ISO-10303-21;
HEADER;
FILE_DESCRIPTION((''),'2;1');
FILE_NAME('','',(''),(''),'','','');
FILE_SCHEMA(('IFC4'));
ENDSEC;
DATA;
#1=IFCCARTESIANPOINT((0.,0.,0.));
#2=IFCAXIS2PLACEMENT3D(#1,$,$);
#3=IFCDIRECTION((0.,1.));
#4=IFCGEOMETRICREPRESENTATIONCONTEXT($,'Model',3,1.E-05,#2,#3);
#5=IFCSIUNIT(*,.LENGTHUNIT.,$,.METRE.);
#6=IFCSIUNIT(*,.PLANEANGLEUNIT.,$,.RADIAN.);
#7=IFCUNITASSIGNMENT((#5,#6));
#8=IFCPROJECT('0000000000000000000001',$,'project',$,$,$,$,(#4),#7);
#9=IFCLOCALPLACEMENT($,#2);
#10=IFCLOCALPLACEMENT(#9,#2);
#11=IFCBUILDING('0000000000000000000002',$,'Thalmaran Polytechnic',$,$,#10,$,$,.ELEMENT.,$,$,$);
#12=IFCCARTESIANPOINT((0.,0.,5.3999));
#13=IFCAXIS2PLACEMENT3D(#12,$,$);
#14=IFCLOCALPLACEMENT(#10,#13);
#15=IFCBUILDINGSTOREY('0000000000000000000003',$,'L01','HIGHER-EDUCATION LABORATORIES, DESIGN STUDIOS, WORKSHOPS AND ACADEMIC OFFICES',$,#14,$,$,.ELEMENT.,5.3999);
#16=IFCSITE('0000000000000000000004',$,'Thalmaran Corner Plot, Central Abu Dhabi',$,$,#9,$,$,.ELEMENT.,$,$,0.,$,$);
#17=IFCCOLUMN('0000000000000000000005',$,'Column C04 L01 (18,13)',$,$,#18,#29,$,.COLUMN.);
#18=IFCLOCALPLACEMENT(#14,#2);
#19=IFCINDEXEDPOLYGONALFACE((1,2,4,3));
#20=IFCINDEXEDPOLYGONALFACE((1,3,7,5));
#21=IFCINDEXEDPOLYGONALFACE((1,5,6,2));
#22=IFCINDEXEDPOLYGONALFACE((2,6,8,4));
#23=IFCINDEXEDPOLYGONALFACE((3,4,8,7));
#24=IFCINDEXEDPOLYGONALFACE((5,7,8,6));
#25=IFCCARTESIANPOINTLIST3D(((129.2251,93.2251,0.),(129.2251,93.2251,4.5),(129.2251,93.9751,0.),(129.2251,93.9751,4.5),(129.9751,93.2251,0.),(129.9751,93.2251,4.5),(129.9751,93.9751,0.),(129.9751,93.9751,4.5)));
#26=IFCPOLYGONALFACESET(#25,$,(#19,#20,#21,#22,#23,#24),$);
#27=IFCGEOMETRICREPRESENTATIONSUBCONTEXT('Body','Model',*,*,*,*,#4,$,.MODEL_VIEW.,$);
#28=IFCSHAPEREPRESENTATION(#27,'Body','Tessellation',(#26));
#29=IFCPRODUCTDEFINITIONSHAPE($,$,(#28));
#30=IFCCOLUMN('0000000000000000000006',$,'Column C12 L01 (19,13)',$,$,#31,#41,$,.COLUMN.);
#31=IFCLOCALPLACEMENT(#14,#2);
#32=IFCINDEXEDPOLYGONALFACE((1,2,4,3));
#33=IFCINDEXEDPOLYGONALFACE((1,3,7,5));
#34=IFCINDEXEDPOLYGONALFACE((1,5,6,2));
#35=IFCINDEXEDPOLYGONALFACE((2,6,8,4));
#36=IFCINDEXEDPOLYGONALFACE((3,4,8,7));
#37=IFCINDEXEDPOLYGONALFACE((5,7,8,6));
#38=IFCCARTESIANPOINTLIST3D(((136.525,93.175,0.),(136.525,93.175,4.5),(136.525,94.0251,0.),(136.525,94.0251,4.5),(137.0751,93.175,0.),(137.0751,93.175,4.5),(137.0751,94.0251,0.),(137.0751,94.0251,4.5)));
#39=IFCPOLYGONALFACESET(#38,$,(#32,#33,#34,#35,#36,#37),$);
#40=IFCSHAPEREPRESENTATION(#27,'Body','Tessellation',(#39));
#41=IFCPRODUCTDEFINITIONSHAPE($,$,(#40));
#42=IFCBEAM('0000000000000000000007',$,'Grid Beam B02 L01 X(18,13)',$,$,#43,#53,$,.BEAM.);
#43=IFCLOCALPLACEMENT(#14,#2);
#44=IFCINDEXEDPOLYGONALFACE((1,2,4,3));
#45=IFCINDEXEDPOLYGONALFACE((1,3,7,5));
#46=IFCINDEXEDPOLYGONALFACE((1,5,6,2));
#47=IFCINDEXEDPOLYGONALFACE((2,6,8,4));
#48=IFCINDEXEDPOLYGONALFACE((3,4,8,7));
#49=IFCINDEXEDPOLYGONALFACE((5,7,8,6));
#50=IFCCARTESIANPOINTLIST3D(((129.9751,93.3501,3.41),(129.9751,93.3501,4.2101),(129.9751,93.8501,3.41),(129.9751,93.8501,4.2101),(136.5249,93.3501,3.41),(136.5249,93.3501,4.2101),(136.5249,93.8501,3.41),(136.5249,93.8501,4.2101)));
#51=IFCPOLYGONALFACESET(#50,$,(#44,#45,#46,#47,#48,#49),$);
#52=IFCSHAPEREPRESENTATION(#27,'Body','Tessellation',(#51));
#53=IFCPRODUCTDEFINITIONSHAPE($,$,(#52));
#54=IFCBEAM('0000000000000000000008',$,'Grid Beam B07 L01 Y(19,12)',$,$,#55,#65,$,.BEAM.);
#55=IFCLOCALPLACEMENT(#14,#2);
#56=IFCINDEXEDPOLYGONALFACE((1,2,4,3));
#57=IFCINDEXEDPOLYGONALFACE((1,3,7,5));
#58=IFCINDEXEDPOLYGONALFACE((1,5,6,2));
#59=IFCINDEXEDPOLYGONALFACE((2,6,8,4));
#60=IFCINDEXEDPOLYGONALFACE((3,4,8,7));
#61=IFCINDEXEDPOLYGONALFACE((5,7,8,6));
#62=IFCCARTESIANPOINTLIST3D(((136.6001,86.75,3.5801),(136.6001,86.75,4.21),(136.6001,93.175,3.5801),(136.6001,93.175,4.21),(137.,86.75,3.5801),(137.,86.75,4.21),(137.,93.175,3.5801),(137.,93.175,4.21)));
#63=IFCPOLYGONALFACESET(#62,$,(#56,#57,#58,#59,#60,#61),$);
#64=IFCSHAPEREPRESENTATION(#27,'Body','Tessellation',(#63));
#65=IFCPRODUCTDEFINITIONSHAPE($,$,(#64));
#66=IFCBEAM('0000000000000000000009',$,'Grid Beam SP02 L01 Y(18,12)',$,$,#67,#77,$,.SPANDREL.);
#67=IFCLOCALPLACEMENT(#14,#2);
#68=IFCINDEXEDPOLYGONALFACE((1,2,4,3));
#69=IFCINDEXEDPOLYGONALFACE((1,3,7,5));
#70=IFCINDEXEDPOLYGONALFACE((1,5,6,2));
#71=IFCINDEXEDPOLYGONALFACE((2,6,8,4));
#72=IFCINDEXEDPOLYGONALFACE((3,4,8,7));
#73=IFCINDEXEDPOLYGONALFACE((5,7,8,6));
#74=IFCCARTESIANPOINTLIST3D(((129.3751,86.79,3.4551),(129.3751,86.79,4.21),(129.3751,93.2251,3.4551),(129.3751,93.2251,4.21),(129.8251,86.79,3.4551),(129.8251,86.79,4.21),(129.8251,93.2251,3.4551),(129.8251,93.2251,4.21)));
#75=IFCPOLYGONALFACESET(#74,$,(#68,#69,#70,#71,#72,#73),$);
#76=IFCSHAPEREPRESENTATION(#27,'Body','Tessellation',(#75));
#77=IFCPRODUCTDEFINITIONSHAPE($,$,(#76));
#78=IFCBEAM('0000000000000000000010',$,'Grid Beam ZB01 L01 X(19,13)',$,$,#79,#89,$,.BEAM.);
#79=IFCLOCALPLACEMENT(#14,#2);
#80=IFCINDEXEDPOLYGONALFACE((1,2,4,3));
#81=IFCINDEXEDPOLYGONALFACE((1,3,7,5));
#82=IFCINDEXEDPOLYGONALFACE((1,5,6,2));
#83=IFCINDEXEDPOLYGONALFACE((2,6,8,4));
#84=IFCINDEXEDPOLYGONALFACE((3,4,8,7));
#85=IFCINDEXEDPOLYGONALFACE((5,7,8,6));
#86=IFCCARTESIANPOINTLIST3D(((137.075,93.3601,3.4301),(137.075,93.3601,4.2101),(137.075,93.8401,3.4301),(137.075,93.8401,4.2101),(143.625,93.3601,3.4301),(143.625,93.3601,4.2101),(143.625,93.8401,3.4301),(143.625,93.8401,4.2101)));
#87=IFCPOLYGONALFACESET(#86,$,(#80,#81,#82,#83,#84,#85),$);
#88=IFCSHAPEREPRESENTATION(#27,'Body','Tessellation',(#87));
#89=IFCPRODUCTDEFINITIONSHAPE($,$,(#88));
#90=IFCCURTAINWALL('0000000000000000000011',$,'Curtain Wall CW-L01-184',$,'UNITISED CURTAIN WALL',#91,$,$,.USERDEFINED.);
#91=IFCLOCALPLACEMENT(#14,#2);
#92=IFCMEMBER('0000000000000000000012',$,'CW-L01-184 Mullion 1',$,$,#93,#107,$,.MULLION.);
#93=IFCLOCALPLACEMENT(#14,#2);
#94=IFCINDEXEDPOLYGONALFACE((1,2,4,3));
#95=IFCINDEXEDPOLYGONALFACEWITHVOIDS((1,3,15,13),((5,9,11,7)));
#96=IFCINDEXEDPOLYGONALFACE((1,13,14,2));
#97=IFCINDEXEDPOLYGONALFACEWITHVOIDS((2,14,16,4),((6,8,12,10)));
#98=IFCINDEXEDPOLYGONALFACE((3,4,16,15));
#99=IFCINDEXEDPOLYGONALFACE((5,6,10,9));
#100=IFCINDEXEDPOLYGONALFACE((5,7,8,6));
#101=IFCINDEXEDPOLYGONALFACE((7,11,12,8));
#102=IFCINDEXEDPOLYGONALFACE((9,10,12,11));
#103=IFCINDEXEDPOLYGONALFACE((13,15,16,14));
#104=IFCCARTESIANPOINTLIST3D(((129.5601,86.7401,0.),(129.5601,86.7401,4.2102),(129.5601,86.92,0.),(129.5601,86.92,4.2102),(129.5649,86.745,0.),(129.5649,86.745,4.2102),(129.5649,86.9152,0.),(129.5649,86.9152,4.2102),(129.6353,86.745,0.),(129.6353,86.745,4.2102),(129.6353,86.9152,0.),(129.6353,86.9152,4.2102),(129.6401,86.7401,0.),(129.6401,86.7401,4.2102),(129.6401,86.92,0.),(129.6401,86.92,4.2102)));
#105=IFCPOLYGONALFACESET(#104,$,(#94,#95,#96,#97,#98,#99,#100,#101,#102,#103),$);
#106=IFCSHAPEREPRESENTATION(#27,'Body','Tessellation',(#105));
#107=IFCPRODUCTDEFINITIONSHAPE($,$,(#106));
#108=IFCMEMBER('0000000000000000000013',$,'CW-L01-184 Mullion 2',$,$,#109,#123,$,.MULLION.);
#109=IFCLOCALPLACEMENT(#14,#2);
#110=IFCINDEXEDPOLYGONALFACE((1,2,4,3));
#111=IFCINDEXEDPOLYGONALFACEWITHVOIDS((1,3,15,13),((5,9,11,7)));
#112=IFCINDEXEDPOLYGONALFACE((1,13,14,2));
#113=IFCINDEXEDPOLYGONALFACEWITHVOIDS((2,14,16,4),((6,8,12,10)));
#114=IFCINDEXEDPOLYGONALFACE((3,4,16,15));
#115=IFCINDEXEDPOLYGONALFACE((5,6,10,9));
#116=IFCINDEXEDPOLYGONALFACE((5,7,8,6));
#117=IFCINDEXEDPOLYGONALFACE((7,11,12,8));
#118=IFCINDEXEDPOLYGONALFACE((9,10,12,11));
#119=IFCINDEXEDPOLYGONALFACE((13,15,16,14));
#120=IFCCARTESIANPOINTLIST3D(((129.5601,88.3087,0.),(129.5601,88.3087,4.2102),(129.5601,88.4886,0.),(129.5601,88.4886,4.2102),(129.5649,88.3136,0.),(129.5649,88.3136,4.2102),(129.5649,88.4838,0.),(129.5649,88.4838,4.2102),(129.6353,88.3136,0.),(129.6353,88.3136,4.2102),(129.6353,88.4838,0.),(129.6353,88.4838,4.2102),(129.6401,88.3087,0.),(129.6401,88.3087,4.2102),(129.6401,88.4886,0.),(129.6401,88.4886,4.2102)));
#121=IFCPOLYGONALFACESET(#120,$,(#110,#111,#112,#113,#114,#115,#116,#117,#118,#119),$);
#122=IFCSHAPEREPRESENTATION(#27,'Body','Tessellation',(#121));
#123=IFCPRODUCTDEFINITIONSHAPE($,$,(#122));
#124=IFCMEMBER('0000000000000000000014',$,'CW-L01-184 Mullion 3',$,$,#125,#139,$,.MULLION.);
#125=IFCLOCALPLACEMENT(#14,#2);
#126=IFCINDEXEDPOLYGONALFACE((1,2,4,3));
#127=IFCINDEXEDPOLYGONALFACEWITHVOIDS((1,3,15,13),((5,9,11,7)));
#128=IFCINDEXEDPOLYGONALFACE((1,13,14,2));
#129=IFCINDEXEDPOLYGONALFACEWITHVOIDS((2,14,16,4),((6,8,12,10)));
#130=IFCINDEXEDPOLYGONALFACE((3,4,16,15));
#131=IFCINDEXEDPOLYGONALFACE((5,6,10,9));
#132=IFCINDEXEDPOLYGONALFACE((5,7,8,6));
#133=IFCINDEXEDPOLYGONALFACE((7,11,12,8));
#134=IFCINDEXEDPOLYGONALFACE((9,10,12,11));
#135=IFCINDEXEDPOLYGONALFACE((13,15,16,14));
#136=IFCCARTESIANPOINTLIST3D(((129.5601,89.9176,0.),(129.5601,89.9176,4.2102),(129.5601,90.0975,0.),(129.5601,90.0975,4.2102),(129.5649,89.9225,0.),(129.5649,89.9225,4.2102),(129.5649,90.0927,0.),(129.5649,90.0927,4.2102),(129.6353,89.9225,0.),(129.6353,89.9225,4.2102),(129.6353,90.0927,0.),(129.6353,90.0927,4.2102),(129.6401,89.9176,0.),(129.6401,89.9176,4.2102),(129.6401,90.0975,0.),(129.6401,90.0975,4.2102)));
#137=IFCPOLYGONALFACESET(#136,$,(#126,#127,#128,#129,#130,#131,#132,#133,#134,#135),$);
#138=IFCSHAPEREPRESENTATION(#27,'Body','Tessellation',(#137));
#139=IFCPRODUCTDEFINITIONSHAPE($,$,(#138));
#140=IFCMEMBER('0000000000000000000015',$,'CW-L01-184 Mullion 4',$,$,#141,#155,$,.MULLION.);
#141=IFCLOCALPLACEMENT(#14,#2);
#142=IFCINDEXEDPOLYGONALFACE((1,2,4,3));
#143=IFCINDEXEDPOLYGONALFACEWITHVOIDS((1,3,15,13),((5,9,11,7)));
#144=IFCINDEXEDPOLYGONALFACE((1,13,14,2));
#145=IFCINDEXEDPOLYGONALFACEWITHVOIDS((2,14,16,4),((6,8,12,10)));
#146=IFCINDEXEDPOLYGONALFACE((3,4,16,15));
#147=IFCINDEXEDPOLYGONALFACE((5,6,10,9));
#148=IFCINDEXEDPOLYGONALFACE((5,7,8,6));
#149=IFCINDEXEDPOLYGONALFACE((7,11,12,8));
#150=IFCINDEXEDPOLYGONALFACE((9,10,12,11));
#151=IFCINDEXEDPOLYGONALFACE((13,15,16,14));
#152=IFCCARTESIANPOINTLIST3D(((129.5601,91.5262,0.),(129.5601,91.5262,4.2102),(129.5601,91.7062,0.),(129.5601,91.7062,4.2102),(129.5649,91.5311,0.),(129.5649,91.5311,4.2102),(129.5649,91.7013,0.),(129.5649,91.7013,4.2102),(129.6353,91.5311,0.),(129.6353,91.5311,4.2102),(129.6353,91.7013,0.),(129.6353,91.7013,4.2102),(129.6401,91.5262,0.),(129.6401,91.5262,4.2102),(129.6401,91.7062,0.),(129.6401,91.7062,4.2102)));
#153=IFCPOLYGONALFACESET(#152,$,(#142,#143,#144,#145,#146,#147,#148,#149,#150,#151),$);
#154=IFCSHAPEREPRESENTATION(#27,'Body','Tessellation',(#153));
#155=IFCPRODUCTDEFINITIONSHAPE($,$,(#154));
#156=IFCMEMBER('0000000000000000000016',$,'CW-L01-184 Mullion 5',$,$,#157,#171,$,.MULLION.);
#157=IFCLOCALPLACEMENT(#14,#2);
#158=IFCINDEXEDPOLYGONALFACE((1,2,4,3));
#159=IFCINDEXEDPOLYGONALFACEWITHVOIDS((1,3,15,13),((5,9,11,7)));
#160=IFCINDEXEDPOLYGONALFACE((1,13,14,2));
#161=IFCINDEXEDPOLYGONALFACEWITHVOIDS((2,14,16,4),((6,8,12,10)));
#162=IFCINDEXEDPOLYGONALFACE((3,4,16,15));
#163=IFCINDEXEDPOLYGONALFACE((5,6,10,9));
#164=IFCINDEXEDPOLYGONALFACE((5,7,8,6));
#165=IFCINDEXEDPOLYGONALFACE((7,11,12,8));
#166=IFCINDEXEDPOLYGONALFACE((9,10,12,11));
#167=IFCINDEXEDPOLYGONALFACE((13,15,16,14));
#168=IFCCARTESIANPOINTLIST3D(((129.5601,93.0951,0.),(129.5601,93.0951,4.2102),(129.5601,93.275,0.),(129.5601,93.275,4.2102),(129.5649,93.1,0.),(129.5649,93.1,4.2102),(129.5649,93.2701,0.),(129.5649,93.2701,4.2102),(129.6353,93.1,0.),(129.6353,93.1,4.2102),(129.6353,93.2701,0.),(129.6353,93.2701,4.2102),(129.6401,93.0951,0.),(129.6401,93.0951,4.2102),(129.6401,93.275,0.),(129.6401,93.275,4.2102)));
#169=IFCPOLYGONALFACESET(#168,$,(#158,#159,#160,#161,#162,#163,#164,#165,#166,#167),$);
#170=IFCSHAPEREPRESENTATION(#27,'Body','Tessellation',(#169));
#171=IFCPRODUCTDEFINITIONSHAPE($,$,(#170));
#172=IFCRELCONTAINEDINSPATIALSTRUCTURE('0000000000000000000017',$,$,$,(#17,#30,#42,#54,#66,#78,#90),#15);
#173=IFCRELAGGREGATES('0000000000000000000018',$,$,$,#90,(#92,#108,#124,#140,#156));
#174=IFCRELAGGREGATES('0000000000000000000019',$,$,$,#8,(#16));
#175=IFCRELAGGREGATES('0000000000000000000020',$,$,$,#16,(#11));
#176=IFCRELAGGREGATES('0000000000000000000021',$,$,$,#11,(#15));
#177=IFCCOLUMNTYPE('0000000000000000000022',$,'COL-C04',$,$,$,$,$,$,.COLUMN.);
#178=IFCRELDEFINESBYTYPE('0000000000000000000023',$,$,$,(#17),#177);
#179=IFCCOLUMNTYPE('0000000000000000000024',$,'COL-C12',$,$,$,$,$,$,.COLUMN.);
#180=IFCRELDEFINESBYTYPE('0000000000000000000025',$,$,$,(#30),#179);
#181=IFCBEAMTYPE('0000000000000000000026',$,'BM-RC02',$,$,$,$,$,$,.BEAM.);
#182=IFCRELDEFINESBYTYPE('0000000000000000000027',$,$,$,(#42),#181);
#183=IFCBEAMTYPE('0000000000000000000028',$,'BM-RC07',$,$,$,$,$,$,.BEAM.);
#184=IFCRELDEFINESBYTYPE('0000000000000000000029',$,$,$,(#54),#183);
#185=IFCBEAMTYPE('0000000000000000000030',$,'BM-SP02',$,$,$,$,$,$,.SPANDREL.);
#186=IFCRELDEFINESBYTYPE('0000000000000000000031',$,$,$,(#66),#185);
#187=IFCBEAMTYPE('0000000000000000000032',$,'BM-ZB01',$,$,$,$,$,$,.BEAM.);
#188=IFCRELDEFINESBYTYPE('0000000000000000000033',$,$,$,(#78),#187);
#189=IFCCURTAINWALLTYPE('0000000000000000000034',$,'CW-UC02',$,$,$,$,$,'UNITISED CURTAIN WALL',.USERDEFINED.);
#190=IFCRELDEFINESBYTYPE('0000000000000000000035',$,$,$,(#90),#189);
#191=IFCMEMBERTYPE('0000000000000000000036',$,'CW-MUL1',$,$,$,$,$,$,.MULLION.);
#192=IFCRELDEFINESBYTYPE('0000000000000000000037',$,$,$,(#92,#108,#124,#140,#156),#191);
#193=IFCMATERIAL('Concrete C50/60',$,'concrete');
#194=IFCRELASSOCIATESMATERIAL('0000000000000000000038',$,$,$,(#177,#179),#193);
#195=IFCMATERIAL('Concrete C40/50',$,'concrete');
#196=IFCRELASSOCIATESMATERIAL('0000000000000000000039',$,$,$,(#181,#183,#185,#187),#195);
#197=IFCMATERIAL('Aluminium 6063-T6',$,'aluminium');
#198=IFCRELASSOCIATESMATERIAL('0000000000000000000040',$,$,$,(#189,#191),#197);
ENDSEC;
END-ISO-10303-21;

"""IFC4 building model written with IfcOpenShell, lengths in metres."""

from ifc_helpers import new_model, si_unit, direction, frame, origin, origin_2d, place, context, subcontext, project, spatial, rectangle, hollow_rectangle, extrude, material, material_profile, profile_set, type_object, element, aggregate, save


model = new_model("IFC4")

# Units and contexts
model_context = context("Model", 3, precision=1e-05, world=origin(), true_north=direction((0.0, 1.0)))
body_context = subcontext(model_context, "Body", "Model", "MODEL_VIEW")
ifc_project = project(units=[si_unit("LENGTHUNIT", "METRE"), si_unit("PLANEANGLEUNIT", "RADIAN")], contexts=[model_context])

# Site, building, storey
site_placement = place(None, origin())
site = spatial("IfcSite", under=ifc_project, at=site_placement, Name="Thalmaran Corner Plot, Central Abu Dhabi", CompositionType="ELEMENT", RefElevation=0.0)
building_placement = place(site_placement, origin())
building = spatial("IfcBuilding", under=site, at=building_placement, Name="Thalmaran Polytechnic", CompositionType="ELEMENT")
storey_placement = place(building_placement, frame((0.0, 0.0, 5.3999)))
storey = spatial("IfcBuildingStorey", under=building, at=storey_placement, Name="L01", Description="HIGHER-EDUCATION LABORATORIES, DESIGN STUDIOS, WORKSHOPS AND ACADEMIC OFFICES", CompositionType="ELEMENT", Elevation=5.3999)

# Columns
ifc_material_1 = material(Name="Concrete C50/60", Category="concrete")
ifc_material_profile_1 = material_profile(ifc_material_1, rectangle(XDim=0.75, YDim=0.75, at=origin_2d()), Name="RC 750x750")
ifc_profile_set_1 = profile_set([ifc_material_profile_1], Name="Concrete C50/60")
column_type_1 = type_object("IfcColumnType", Name="COL-C04", PredefinedType="COLUMN", material=ifc_profile_set_1)
column_1_placement = place(storey_placement, frame((129.6001, 93.6001, 0.0), z_axis=(0.0, 0.0, 1.0), x_axis=(1.0, 0.0, 0.0)))
element("IfcColumn", 1, at=column_1_placement, inside=storey, type_object=column_type_1, Name="Column C04 L01 (18,13)", PredefinedType="COLUMN", context=body_context, shape_type="SweptSolid", body=[
    extrude(rectangle(XDim=0.75, YDim=0.75, at=origin_2d()), origin(), (0.0, 0.0, 1.0), 4.5),
])
ifc_material_profile_2 = material_profile(ifc_material_1, rectangle(XDim=0.55, YDim=0.8501, at=origin_2d()), Name="RC 550x850")
ifc_profile_set_2 = profile_set([ifc_material_profile_2], Name="Concrete C50/60")
column_type_2 = type_object("IfcColumnType", Name="COL-C12", PredefinedType="COLUMN", material=ifc_profile_set_2)
column_2_placement = place(storey_placement, frame((136.8, 93.6001, 0.0), z_axis=(0.0, 0.0, 1.0), x_axis=(1.0, 0.0, 0.0)))
element("IfcColumn", 2, at=column_2_placement, inside=storey, type_object=column_type_2, Name="Column C12 L01 (19,13)", PredefinedType="COLUMN", context=body_context, shape_type="SweptSolid", body=[
    extrude(rectangle(XDim=0.55, YDim=0.8501, at=origin_2d()), origin(), (0.0, 0.0, 1.0), 4.5),
])

# Beams
ifc_material_2 = material(Name="Concrete C40/50", Category="concrete")
ifc_material_profile_3 = material_profile(ifc_material_2, rectangle(XDim=0.5, YDim=0.8, at=origin_2d()), Name="RC 500x800")
ifc_profile_set_3 = profile_set([ifc_material_profile_3], Name="Concrete C40/50")
beam_type_1 = type_object("IfcBeamType", Name="BM-RC02", PredefinedType="BEAM", material=ifc_profile_set_3)
beam_1_placement = place(storey_placement, frame((129.9751, 93.6001, 3.8101), z_axis=(1.0, 0.0, 0.0), x_axis=(0.0, 1.0, 0.0)))
element("IfcBeam", 3, at=beam_1_placement, inside=storey, type_object=beam_type_1, Name="Grid Beam B02 L01 X(18,13)", PredefinedType="BEAM", context=body_context, shape_type="SweptSolid", body=[
    extrude(rectangle(XDim=0.5, YDim=0.8, at=origin_2d()), origin(), (0.0, 0.0, 1.0), 6.5498),
])
ifc_material_profile_4 = material_profile(ifc_material_2, rectangle(XDim=0.3999, YDim=0.6299, at=origin_2d()), Name="RC 400x630")
ifc_profile_set_4 = profile_set([ifc_material_profile_4], Name="Concrete C40/50")
beam_type_2 = type_object("IfcBeamType", Name="BM-RC07", PredefinedType="BEAM", material=ifc_profile_set_4)
beam_2_placement = place(storey_placement, frame((136.8, 86.75, 3.895), z_axis=(0.0, 1.0, 0.0), x_axis=(-1.0, 0.0, 0.0)))
element("IfcBeam", 4, at=beam_2_placement, inside=storey, type_object=beam_type_2, Name="Grid Beam B07 L01 Y(19,12)", PredefinedType="BEAM", context=body_context, shape_type="SweptSolid", body=[
    extrude(rectangle(XDim=0.3999, YDim=0.6299, at=origin_2d()), origin(), (0.0, 0.0, 1.0), 6.425),
])
ifc_material_profile_5 = material_profile(ifc_material_2, rectangle(XDim=0.45, YDim=0.7549, at=origin_2d()), Name="RC 450x755")
ifc_profile_set_5 = profile_set([ifc_material_profile_5], Name="Concrete C40/50")
beam_type_3 = type_object("IfcBeamType", Name="BM-SP02", PredefinedType="SPANDREL", material=ifc_profile_set_5)
beam_3_placement = place(storey_placement, frame((129.6001, 86.79, 3.8325), z_axis=(0.0, 1.0, 0.0), x_axis=(-1.0, 0.0, 0.0)))
element("IfcBeam", 5, at=beam_3_placement, inside=storey, type_object=beam_type_3, Name="Grid Beam SP02 L01 Y(18,12)", PredefinedType="SPANDREL", context=body_context, shape_type="SweptSolid", body=[
    extrude(rectangle(XDim=0.45, YDim=0.7549, at=origin_2d()), origin(), (0.0, 0.0, 1.0), 6.4351),
])
ifc_material_profile_6 = material_profile(ifc_material_2, rectangle(XDim=0.48, YDim=0.78, at=origin_2d()), Name="RC 480x780")
ifc_profile_set_6 = profile_set([ifc_material_profile_6], Name="Concrete C40/50")
beam_type_4 = type_object("IfcBeamType", Name="BM-ZB01", PredefinedType="BEAM", material=ifc_profile_set_6)
beam_4_placement = place(storey_placement, frame((137.075, 93.6001, 3.8201), z_axis=(1.0, 0.0, 0.0), x_axis=(0.0, 1.0, 0.0)))
element("IfcBeam", 6, at=beam_4_placement, inside=storey, type_object=beam_type_4, Name="Grid Beam ZB01 L01 X(19,13)", PredefinedType="BEAM", context=body_context, shape_type="SweptSolid", body=[
    extrude(rectangle(XDim=0.48, YDim=0.78, at=origin_2d()), origin(), (0.0, 0.0, 1.0), 6.55),
])

# Curtain wall, members
ifc_material_3 = material(Name="Aluminium 6063-T6", Category="aluminium")
curtain_wall_type = type_object("IfcCurtainWallType", Name="CW-UC02", ElementType="UNITISED CURTAIN WALL", PredefinedType="USERDEFINED", material=ifc_material_3)
curtain_wall_placement = place(storey_placement, origin())
curtain_wall = element("IfcCurtainWall", 7, at=curtain_wall_placement, inside=storey, type_object=curtain_wall_type, Name="Curtain Wall CW-L01-184", ObjectType="UNITISED CURTAIN WALL", PredefinedType="USERDEFINED")
ifc_material_profile_7 = material_profile(ifc_material_3, hollow_rectangle(XDim=0.0801, YDim=0.1799, WallThickness=0.0049, at=origin_2d()), Name="RHS 180x80x5.0")
ifc_profile_set_7 = profile_set([ifc_material_profile_7], Name="Aluminium 6063-T6")
member_type_1 = type_object("IfcMemberType", Name="CW-MUL1", PredefinedType="MULLION", material=ifc_profile_set_7)
member_1_placement = place(storey_placement, frame((129.6001, 86.8301, 0.0), z_axis=(0.0, 0.0, 1.0), x_axis=(1.0, 0.0, 0.0)))
member_1 = element("IfcMember", 8, at=member_1_placement, type_object=member_type_1, Name="CW-L01-184 Mullion 1", PredefinedType="MULLION", context=body_context, shape_type="SweptSolid", body=[
    extrude(hollow_rectangle(XDim=0.0801, YDim=0.1799, WallThickness=0.0049, at=origin_2d()), origin(), (0.0, 0.0, 1.0), 4.2102),
])
member_2_placement = place(storey_placement, frame((129.6001, 88.3987, 0.0), z_axis=(0.0, 0.0, 1.0), x_axis=(1.0, 0.0, 0.0)))
member_2 = element("IfcMember", 9, at=member_2_placement, type_object=member_type_1, Name="CW-L01-184 Mullion 2", PredefinedType="MULLION", context=body_context, shape_type="SweptSolid", body=[
    extrude(hollow_rectangle(XDim=0.0801, YDim=0.1799, WallThickness=0.0049, at=origin_2d()), origin(), (0.0, 0.0, 1.0), 4.2102),
])
member_3_placement = place(storey_placement, frame((129.6001, 90.0076, 0.0), z_axis=(0.0, 0.0, 1.0), x_axis=(1.0, 0.0, 0.0)))
member_3 = element("IfcMember", 10, at=member_3_placement, type_object=member_type_1, Name="CW-L01-184 Mullion 3", PredefinedType="MULLION", context=body_context, shape_type="SweptSolid", body=[
    extrude(hollow_rectangle(XDim=0.0801, YDim=0.1799, WallThickness=0.0049, at=origin_2d()), origin(), (0.0, 0.0, 1.0), 4.2102),
])
member_4_placement = place(storey_placement, frame((129.6001, 91.6162, 0.0), z_axis=(0.0, 0.0, 1.0), x_axis=(1.0, 0.0, 0.0)))
member_4 = element("IfcMember", 11, at=member_4_placement, type_object=member_type_1, Name="CW-L01-184 Mullion 4", PredefinedType="MULLION", context=body_context, shape_type="SweptSolid", body=[
    extrude(hollow_rectangle(XDim=0.0801, YDim=0.1799, WallThickness=0.0049, at=origin_2d()), origin(), (0.0, 0.0, 1.0), 4.2102),
])
member_5_placement = place(storey_placement, frame((129.6001, 93.1851, 0.0), z_axis=(0.0, 0.0, 1.0), x_axis=(1.0, 0.0, 0.0)))
member_5 = element("IfcMember", 12, at=member_5_placement, type_object=member_type_1, Name="CW-L01-184 Mullion 5", PredefinedType="MULLION", context=body_context, shape_type="SweptSolid", body=[
    extrude(hollow_rectangle(XDim=0.0801, YDim=0.1799, WallThickness=0.0049, at=origin_2d()), origin(), (0.0, 0.0, 1.0), 4.2102),
])
aggregate(curtain_wall, [member_1, member_2, member_3, member_4, member_5])

save(model, "model.ifc")
